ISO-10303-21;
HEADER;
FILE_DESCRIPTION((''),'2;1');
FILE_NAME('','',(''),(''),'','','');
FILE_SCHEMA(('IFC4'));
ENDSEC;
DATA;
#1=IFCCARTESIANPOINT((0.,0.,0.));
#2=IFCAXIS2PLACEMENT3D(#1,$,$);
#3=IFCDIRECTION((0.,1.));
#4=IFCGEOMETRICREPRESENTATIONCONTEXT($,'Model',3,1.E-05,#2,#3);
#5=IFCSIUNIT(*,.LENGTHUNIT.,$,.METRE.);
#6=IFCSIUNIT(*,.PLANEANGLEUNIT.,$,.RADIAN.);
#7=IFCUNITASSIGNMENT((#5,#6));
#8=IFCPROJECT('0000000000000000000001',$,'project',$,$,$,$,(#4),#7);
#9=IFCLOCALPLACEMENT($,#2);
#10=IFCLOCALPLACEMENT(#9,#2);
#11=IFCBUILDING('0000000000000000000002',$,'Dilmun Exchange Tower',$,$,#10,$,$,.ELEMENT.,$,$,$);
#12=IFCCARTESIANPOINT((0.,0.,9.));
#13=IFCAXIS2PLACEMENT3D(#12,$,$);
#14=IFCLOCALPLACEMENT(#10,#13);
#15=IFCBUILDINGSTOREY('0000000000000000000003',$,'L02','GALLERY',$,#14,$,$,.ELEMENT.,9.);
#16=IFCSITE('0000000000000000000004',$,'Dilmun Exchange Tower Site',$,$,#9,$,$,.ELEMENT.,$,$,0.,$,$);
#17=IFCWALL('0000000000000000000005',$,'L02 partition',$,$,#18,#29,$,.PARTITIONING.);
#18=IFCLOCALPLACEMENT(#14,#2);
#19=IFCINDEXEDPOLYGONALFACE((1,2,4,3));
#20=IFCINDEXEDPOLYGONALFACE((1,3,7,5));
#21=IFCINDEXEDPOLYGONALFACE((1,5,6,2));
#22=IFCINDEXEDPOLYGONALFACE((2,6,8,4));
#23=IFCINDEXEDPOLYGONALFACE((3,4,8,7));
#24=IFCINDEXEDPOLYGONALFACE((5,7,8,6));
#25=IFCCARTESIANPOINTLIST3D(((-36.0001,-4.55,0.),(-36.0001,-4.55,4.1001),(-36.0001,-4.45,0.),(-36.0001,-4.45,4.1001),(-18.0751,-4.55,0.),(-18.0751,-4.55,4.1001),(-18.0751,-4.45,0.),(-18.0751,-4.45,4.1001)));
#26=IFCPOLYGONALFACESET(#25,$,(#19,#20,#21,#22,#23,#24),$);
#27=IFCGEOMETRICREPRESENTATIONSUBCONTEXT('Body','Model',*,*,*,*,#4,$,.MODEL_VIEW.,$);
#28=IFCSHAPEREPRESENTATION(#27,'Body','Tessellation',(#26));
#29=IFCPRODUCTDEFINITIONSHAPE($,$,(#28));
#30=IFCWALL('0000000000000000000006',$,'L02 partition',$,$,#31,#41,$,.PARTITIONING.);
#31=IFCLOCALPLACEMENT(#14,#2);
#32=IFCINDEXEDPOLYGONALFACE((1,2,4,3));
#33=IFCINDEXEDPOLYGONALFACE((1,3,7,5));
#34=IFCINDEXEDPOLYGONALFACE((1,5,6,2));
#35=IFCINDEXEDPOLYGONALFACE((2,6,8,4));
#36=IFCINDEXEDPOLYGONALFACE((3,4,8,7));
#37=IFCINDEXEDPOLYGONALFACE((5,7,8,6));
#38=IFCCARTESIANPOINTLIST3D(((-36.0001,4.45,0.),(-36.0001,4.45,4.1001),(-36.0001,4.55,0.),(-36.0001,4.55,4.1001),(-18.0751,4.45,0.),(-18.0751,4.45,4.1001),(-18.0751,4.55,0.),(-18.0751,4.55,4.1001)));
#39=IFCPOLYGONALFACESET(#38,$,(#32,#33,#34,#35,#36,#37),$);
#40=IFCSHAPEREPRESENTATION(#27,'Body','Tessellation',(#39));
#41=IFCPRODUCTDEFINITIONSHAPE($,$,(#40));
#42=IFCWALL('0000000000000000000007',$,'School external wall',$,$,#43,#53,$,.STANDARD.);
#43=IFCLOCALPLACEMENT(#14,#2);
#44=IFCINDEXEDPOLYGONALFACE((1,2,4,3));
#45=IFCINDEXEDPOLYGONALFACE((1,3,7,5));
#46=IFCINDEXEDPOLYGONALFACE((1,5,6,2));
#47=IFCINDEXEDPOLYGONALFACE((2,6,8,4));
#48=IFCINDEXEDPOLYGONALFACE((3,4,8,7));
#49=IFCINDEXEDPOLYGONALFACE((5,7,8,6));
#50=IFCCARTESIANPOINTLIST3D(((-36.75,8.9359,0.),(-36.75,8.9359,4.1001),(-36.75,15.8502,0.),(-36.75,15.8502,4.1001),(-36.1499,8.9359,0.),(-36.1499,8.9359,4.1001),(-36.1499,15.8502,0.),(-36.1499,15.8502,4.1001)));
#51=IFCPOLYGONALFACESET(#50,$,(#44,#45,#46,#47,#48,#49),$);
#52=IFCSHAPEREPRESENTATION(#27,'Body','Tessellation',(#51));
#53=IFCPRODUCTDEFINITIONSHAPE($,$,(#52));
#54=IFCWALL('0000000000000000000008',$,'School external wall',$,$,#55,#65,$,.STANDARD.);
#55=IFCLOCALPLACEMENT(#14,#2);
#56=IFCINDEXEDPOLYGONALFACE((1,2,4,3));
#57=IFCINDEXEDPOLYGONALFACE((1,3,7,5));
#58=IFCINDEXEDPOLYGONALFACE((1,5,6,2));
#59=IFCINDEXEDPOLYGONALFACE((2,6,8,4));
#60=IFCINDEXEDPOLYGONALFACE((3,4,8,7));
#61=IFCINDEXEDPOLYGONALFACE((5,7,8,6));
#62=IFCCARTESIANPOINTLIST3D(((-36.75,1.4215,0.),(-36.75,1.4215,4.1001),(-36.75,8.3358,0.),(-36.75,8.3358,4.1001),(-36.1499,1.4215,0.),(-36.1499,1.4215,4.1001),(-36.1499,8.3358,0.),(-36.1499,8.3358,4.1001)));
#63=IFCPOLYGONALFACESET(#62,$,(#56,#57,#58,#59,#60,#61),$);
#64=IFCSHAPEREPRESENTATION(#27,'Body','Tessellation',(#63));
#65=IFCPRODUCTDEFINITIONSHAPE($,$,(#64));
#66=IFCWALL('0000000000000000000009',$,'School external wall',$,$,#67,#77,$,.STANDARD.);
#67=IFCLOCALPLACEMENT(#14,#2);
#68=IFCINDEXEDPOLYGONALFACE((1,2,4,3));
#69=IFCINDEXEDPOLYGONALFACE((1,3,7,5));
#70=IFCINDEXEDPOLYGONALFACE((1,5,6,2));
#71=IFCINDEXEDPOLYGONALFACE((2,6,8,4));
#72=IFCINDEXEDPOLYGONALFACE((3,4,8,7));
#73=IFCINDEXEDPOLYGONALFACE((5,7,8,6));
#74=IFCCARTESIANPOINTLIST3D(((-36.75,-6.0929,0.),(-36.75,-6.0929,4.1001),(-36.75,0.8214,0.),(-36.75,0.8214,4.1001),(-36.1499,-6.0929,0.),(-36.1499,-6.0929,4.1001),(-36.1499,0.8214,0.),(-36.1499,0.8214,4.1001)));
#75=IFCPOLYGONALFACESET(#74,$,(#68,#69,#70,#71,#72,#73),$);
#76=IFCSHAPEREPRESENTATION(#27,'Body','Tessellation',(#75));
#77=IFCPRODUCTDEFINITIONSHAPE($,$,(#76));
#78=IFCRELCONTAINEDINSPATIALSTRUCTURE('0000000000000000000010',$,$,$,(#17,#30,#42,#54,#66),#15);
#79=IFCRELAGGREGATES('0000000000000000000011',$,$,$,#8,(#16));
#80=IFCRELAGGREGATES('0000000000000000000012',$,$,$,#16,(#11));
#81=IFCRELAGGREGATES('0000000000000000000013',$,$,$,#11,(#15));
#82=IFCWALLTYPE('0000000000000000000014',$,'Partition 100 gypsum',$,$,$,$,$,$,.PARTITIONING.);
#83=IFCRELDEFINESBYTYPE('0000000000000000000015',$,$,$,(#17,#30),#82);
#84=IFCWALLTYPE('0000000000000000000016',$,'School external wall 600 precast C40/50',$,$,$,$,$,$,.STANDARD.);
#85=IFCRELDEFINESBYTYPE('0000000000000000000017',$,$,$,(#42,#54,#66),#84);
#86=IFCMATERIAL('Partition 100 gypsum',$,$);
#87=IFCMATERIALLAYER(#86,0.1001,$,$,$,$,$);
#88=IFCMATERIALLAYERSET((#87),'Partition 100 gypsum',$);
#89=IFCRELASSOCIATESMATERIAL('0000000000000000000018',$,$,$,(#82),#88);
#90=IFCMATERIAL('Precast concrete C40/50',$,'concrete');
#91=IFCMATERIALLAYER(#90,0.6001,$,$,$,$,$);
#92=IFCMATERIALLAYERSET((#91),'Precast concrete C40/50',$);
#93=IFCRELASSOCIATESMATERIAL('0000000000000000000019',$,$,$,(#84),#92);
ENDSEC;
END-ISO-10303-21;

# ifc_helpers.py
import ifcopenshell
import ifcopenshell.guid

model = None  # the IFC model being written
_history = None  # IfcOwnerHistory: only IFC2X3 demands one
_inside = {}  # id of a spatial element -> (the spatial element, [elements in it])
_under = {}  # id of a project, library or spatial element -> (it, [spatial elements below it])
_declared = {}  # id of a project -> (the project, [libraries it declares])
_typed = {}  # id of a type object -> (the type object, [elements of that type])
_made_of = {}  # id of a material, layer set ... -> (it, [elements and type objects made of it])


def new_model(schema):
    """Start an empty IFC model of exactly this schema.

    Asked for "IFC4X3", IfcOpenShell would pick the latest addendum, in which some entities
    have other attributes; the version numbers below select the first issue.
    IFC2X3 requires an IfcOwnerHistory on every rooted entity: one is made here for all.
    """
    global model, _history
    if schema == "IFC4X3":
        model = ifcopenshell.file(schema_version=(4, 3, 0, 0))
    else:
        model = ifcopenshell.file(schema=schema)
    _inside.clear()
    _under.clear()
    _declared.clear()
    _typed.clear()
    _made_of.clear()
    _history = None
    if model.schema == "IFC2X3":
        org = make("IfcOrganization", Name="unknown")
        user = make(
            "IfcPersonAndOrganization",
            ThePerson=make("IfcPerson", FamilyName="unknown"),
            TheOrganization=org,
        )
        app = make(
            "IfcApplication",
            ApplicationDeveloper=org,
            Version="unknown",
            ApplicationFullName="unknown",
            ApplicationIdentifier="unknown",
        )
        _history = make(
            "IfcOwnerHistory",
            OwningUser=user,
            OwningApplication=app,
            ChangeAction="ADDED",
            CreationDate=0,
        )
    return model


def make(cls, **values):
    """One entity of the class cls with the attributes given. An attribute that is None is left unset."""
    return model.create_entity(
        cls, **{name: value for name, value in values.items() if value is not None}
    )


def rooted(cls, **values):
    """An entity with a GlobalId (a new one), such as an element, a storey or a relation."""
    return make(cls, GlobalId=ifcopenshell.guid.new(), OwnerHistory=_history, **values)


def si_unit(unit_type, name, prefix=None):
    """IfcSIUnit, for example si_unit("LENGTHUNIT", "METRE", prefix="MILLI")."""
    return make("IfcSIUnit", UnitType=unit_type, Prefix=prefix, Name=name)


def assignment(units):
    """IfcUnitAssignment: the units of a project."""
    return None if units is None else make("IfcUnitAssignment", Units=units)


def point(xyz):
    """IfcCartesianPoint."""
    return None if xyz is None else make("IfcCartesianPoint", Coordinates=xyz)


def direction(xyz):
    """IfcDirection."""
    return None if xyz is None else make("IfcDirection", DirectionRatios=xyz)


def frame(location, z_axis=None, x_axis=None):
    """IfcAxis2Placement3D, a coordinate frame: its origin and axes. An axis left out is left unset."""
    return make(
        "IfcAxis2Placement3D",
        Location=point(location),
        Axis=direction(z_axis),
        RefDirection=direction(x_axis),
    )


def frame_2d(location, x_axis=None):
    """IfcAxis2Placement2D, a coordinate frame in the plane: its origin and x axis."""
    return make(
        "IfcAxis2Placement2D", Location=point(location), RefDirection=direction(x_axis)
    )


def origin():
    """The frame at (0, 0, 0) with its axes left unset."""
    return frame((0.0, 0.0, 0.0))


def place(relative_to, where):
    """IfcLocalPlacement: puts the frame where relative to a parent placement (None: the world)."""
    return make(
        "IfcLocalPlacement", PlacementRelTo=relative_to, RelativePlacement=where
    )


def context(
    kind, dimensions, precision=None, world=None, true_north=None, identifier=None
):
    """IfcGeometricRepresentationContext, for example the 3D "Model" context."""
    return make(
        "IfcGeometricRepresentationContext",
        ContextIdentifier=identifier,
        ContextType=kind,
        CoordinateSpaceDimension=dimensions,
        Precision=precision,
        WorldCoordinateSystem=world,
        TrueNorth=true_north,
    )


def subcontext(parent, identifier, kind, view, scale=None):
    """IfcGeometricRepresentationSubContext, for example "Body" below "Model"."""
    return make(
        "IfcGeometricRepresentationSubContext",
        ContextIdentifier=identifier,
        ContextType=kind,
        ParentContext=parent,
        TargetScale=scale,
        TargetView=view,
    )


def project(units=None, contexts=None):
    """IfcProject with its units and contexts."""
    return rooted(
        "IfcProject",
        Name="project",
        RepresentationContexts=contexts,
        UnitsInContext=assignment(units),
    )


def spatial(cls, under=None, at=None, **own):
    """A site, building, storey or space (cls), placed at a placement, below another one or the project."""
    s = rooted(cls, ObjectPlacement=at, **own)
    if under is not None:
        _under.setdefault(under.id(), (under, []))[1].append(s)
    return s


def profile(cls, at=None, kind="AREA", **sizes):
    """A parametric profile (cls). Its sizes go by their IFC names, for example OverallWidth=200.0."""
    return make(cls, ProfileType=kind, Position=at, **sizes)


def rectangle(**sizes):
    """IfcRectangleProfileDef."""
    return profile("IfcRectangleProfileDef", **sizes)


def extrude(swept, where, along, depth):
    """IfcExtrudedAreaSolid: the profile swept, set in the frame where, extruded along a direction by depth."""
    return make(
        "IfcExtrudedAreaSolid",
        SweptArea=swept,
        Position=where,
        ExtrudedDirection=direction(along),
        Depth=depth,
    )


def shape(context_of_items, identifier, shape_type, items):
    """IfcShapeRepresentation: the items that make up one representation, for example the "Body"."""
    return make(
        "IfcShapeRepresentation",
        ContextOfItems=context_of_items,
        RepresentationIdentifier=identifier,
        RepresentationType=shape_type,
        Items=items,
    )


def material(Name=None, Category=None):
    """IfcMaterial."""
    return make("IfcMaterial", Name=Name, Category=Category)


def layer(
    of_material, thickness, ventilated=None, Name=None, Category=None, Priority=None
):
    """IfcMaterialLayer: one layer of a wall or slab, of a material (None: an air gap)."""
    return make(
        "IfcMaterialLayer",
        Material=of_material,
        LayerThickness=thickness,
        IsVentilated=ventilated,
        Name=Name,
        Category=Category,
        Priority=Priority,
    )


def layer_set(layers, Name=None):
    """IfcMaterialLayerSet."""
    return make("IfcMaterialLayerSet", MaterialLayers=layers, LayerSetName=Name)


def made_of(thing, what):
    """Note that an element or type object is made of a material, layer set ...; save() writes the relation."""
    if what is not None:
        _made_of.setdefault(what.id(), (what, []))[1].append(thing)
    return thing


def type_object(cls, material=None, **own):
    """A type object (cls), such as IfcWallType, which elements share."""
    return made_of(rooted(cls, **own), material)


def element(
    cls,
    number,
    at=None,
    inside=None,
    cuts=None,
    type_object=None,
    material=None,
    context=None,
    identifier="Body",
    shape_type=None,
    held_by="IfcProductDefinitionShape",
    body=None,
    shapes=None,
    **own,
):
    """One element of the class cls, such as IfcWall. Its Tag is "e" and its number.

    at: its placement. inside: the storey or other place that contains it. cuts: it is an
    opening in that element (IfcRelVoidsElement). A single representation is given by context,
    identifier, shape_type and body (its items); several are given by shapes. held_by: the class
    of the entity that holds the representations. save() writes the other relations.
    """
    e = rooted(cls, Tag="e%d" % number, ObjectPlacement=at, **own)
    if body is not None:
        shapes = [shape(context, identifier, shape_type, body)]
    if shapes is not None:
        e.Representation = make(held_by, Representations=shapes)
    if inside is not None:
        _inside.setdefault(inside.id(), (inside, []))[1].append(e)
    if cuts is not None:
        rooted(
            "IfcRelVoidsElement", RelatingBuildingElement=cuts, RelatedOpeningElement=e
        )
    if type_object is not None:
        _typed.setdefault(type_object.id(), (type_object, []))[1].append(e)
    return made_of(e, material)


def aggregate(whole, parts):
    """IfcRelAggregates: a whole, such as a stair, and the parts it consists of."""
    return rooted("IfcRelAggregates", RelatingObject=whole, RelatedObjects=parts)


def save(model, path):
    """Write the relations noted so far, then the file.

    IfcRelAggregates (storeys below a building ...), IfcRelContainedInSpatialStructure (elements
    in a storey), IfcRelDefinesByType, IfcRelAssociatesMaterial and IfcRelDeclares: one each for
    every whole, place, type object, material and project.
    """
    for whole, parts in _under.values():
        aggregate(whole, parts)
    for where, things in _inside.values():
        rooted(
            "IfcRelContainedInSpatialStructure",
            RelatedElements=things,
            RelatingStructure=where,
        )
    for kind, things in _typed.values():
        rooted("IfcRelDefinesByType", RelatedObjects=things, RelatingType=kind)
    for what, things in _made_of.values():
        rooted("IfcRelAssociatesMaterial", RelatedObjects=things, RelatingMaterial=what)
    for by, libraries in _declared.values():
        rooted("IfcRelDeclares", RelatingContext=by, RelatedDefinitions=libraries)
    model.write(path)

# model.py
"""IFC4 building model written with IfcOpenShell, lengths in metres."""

from ifc_helpers import new_model, si_unit, direction, frame, frame_2d, origin, place, context, subcontext, project, spatial, rectangle, extrude, material, layer, layer_set, type_object, element, save


model = new_model("IFC4")

# Units and contexts
model_context = context("Model", 3, precision=1e-05, world=origin(), true_north=direction((0.0, 1.0)))
body_context = subcontext(model_context, "Body", "Model", "MODEL_VIEW")
ifc_project = project(units=[si_unit("LENGTHUNIT", "METRE"), si_unit("PLANEANGLEUNIT", "RADIAN")], contexts=[model_context])

# Site, building, storey
site_placement = place(None, origin())
site = spatial("IfcSite", under=ifc_project, at=site_placement, Name="Dilmun Exchange Tower Site", CompositionType="ELEMENT", RefElevation=0.0)
building_placement = place(site_placement, origin())
building = spatial("IfcBuilding", under=site, at=building_placement, Name="Dilmun Exchange Tower", CompositionType="ELEMENT")
storey_placement = place(building_placement, frame((0.0, 0.0, 9.0)))
storey = spatial("IfcBuildingStorey", under=building, at=storey_placement, Name="L02", Description="GALLERY", CompositionType="ELEMENT", Elevation=9.0)

# Walls
ifc_material_1 = material(Name="Partition 100 gypsum")
ifc_layer_1 = layer(ifc_material_1, 0.1001)
ifc_layer_set_1 = layer_set([ifc_layer_1], Name="Partition 100 gypsum")
wall_type_1 = type_object("IfcWallType", Name="Partition 100 gypsum", PredefinedType="PARTITIONING", material=ifc_layer_set_1)
for number, where, z_axis, x_axis, name in (
    (1, (-36.0, -4.5, 0.0), (0.0, 0.0, 1.0), (1.0, 0.0, 0.0), "L02 partition"),
    (2, (-36.0, 4.5, 0.0), (0.0, 0.0, 1.0), (1.0, 0.0, 0.0), "L02 partition"),
):
    element("IfcWall", number, at=place(storey_placement, frame(where, z_axis=z_axis, x_axis=x_axis)), inside=storey, type_object=wall_type_1, Name=name, PredefinedType="PARTITIONING", context=body_context, shape_type="SweptSolid", body=[
        extrude(rectangle(XDim=17.925, YDim=0.1001, at=frame_2d((8.9624, 0.0))), origin(), (0.0, 0.0, 1.0), 4.1001),
    ])
ifc_material_2 = material(Name="Precast concrete C40/50", Category="concrete")
ifc_layer_2 = layer(ifc_material_2, 0.6001)
ifc_layer_set_2 = layer_set([ifc_layer_2], Name="Precast concrete C40/50")
wall_type_2 = type_object("IfcWallType", Name="School external wall 600 precast C40/50", PredefinedType="STANDARD", material=ifc_layer_set_2)
for number, where, z_axis, x_axis, name in (
    (3, (-36.45, 15.8501, 0.0), (0.0, 0.0, 1.0), (0.0, -1.0, 0.0), "School external wall"),
    (4, (-36.45, 8.3357, 0.0), (0.0, 0.0, 1.0), (0.0, -1.0, 0.0), "School external wall"),
    (5, (-36.45, 0.8213, 0.0), (0.0, 0.0, 1.0), (0.0, -1.0, 0.0), "School external wall"),
):
    element("IfcWall", number, at=place(storey_placement, frame(where, z_axis=z_axis, x_axis=x_axis)), inside=storey, type_object=wall_type_2, Name=name, PredefinedType="STANDARD", context=body_context, shape_type="SweptSolid", body=[
        extrude(rectangle(XDim=6.9143, YDim=0.6001, at=frame_2d((3.457, 0.0))), origin(), (0.0, 0.0, 1.0), 4.1001),
    ])

save(model, "model.ifc")
